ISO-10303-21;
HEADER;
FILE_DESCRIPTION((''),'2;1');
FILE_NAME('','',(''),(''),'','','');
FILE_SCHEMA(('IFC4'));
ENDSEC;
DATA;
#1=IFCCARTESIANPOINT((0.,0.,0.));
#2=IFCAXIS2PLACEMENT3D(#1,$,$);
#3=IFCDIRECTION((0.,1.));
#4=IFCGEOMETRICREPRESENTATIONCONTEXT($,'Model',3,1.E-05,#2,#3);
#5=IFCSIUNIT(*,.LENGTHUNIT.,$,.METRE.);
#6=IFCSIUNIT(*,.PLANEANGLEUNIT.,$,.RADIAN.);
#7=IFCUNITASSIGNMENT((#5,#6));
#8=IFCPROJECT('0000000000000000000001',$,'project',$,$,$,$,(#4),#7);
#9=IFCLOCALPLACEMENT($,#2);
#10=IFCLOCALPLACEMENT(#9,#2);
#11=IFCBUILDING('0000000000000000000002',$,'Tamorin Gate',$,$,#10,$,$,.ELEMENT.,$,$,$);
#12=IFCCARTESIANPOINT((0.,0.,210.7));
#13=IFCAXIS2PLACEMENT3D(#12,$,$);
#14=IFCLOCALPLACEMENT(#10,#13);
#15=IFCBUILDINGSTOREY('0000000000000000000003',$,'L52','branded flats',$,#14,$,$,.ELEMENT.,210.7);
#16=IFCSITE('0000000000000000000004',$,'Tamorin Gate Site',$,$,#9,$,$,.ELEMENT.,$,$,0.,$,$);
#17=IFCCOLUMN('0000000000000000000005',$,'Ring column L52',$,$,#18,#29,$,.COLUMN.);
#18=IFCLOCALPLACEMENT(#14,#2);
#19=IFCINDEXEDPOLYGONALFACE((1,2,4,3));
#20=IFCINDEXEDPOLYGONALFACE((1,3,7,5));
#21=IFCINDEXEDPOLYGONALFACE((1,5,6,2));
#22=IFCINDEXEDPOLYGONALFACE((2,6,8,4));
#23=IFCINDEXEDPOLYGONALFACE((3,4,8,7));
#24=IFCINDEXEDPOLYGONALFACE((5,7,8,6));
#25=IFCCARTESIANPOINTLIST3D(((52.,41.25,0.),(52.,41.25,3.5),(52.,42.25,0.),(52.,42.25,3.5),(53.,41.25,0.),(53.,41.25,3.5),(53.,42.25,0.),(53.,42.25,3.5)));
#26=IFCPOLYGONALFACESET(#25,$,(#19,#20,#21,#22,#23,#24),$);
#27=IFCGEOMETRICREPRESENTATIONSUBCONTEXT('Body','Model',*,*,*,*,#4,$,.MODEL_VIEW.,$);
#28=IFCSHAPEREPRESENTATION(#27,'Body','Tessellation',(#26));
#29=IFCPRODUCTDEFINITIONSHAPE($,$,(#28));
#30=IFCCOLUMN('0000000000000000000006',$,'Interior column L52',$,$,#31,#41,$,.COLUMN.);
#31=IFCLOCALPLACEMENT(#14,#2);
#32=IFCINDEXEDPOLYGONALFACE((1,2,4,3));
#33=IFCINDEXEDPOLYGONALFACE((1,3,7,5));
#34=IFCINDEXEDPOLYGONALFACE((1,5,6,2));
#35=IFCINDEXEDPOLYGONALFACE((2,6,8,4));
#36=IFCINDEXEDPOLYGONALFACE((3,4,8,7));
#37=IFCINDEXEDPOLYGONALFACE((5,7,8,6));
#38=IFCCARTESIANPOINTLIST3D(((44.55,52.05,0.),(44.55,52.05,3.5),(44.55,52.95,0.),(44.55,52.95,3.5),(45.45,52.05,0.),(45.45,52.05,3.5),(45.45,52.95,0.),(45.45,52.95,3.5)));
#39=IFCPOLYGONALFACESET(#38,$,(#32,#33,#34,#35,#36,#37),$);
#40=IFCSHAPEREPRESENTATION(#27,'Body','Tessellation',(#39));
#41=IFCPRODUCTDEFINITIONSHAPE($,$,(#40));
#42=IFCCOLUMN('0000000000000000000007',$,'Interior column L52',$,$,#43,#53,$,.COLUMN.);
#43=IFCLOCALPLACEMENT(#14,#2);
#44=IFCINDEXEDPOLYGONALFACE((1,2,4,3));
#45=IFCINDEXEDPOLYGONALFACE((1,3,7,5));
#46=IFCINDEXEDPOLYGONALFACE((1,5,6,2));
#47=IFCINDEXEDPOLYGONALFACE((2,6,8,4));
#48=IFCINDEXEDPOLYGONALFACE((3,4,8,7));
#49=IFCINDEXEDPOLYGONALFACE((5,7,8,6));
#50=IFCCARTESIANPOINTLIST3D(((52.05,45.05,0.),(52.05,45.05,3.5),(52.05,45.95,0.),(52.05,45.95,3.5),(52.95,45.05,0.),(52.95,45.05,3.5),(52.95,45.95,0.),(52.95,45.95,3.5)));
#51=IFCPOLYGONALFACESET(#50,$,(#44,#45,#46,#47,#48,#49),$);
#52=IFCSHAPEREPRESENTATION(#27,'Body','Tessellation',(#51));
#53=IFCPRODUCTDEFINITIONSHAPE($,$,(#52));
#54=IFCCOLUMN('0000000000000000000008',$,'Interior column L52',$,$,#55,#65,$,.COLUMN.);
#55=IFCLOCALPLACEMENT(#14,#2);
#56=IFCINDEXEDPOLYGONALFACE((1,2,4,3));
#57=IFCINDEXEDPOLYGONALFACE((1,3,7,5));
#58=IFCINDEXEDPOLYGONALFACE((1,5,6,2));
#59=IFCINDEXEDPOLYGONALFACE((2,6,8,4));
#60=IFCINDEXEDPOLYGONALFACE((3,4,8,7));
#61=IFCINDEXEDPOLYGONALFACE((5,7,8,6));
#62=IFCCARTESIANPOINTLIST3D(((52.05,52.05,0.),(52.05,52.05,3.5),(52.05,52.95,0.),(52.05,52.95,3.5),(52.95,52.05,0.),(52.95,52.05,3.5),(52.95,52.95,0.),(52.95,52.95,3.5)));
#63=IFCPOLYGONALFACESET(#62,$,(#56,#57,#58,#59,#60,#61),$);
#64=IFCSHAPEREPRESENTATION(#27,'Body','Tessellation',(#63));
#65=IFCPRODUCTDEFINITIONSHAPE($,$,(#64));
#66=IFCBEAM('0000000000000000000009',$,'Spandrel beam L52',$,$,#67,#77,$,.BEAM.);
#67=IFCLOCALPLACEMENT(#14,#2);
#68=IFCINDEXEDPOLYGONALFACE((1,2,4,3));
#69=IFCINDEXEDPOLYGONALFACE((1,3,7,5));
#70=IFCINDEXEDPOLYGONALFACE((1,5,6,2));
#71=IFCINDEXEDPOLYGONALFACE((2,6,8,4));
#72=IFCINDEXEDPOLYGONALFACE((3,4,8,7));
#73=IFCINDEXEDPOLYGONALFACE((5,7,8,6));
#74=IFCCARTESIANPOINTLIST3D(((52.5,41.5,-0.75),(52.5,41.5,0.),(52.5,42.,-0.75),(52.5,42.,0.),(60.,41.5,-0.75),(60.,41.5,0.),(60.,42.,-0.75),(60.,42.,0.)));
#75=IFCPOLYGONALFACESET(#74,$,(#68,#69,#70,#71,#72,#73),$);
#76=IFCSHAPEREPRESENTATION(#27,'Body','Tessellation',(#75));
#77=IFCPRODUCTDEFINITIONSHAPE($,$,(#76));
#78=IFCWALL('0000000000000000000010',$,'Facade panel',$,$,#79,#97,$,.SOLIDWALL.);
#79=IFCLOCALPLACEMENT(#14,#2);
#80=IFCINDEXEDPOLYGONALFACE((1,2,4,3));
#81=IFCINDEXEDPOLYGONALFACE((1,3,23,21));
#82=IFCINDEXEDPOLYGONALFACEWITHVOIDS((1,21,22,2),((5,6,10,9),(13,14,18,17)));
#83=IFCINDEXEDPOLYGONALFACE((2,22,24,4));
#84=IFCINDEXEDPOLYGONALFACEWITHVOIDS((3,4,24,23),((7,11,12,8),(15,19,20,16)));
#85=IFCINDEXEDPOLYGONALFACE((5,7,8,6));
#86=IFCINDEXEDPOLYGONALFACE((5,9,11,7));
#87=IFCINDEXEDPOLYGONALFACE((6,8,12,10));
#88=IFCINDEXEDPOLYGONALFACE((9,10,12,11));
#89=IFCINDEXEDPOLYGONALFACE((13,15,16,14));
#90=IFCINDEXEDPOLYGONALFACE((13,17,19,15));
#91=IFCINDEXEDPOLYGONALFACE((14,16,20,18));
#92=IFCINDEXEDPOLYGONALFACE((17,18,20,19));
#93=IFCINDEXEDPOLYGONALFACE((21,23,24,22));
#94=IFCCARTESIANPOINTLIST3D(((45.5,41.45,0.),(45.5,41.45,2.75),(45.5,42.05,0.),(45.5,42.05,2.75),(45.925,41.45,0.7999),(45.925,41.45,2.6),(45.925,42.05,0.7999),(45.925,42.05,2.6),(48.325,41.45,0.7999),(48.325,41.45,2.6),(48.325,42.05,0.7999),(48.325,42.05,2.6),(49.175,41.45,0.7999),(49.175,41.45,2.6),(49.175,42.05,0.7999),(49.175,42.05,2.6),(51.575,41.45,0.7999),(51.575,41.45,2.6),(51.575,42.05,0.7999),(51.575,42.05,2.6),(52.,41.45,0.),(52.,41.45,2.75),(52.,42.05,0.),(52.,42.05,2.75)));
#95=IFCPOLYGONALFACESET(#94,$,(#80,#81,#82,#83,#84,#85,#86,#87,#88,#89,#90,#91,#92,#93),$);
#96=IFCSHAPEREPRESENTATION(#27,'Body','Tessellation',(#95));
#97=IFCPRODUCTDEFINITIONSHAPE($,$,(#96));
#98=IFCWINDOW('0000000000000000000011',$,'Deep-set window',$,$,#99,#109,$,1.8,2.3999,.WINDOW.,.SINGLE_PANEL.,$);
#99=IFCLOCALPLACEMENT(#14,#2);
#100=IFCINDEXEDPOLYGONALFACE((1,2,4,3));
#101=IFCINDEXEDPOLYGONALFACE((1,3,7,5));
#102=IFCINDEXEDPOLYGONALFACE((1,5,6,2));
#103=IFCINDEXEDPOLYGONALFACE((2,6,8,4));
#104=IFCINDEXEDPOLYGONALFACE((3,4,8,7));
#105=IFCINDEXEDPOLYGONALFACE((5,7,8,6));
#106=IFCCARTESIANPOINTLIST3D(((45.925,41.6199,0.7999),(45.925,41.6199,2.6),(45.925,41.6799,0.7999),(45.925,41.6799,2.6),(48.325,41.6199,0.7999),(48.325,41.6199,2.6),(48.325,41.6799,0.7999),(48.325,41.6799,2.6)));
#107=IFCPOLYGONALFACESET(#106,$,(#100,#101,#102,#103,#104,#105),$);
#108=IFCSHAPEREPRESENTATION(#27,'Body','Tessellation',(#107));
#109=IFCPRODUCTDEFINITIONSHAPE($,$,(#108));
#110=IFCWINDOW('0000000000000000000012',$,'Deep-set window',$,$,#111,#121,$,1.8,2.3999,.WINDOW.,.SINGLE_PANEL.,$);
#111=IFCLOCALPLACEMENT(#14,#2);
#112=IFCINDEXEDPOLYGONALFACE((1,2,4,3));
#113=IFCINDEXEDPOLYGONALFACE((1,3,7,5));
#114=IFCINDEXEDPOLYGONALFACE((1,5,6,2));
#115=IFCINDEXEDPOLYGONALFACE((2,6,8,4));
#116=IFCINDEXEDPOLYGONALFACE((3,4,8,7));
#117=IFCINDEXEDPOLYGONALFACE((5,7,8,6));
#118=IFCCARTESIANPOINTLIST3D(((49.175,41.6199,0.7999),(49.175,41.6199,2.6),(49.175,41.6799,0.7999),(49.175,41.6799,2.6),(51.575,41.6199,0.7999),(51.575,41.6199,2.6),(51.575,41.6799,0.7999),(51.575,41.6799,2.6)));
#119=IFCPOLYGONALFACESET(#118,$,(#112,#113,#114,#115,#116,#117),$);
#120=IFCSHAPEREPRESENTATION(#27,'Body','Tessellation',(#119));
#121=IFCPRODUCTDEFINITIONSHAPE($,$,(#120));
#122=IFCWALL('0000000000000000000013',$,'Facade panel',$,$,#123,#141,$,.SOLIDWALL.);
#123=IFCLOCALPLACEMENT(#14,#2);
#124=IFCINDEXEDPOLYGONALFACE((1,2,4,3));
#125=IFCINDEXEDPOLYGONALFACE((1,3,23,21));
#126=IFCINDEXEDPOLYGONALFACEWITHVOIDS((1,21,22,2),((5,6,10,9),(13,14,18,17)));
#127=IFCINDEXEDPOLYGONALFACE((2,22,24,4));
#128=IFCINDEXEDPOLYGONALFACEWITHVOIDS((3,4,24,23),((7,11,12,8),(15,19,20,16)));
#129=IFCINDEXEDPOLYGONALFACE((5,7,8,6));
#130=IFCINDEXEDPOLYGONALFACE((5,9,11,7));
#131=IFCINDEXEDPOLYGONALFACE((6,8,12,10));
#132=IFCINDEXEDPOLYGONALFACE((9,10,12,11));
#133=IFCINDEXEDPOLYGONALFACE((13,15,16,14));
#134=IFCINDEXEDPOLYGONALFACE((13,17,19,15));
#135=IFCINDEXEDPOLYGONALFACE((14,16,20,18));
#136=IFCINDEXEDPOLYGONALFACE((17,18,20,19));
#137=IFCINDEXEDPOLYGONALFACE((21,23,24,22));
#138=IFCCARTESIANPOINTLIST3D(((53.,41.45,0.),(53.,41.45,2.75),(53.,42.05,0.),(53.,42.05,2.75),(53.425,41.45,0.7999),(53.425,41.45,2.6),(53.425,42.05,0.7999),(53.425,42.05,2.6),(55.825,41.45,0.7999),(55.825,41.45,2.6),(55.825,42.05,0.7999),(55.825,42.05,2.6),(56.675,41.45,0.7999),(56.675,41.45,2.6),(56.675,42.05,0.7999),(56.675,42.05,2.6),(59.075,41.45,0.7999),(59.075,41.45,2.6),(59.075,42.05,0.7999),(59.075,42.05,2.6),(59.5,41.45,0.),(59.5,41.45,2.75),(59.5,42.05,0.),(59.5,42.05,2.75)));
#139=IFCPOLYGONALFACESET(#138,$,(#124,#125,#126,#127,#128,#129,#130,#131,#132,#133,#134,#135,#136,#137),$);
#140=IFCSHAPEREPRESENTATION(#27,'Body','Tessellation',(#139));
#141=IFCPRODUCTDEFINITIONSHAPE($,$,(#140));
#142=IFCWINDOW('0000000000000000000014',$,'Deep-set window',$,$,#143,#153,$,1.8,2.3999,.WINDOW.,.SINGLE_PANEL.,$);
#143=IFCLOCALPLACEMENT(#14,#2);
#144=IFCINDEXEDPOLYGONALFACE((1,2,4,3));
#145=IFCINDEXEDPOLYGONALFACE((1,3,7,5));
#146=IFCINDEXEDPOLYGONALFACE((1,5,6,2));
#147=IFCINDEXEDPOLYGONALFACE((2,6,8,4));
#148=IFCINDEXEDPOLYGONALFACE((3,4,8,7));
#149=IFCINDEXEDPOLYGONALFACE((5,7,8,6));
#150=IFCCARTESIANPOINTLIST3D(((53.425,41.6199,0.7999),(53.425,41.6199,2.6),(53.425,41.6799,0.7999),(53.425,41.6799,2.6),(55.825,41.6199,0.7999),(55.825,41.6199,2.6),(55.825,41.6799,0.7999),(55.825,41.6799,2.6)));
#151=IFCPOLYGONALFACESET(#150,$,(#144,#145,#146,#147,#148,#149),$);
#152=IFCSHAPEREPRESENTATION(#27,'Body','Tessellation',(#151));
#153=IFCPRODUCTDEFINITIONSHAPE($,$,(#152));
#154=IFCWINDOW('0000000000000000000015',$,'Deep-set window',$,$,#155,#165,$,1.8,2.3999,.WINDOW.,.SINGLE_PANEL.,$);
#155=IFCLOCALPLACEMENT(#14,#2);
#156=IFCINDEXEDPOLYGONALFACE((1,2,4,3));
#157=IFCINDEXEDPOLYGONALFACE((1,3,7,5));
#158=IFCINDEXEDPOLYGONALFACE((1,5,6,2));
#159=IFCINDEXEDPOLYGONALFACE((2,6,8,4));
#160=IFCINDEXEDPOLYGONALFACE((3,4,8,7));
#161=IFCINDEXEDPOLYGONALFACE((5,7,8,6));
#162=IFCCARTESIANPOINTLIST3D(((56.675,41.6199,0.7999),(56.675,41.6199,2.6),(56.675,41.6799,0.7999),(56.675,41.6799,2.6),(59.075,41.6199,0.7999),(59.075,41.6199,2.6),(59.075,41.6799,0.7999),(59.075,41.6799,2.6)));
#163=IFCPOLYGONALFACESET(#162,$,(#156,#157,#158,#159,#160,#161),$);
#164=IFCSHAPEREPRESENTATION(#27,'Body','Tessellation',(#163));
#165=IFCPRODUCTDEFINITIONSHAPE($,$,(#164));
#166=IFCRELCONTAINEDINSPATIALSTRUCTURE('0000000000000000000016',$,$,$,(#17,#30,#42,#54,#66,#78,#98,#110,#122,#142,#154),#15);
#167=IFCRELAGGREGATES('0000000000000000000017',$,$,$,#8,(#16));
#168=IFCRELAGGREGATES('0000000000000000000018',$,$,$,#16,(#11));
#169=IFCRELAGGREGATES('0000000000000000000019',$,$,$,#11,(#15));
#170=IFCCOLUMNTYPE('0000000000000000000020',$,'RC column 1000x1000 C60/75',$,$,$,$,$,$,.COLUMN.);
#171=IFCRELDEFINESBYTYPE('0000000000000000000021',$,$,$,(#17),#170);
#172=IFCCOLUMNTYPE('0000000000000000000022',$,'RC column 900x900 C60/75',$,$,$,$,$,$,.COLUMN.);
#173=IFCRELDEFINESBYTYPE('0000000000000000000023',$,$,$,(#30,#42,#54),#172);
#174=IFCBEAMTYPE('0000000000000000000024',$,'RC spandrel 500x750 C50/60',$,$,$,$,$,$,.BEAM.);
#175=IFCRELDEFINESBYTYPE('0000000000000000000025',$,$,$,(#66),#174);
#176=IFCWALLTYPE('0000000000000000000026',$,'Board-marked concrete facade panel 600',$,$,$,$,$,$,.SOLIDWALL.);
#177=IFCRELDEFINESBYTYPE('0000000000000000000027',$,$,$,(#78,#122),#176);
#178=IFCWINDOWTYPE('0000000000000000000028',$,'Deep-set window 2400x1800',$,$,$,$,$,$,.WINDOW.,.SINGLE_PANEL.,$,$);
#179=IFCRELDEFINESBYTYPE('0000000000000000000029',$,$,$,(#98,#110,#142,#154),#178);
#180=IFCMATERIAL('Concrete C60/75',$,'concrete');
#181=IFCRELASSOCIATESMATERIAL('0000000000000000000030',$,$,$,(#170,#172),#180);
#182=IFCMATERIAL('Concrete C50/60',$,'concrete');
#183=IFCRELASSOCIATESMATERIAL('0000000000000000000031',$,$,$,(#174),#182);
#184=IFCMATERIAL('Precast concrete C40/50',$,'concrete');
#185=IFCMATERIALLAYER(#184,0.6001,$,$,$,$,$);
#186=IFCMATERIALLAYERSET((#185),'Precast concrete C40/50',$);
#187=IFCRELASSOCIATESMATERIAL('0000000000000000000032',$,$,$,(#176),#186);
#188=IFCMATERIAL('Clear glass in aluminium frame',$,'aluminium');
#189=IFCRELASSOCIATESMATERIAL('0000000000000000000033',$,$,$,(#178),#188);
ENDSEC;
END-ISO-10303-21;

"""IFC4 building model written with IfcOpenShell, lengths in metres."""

from ifc_helpers import new_model, si_unit, direction, frame, frame_2d, origin, origin_2d, place, context, subcontext, project, spatial, rectangle, extrude, material, layer, layer_set, material_profile, profile_set, type_object, element, fill, save


model = new_model("IFC4")

# Units and contexts
model_context = context("Model", 3, precision=1e-05, world=origin(), true_north=direction((0.0, 1.0)))
body_context = subcontext(model_context, "Body", "Model", "MODEL_VIEW")
ifc_project = project(units=[si_unit("LENGTHUNIT", "METRE"), si_unit("PLANEANGLEUNIT", "RADIAN")], contexts=[model_context])

# Site, building, storey
site_placement = place(None, origin())
site = spatial("IfcSite", under=ifc_project, at=site_placement, Name="Tamorin Gate Site", CompositionType="ELEMENT", RefElevation=0.0)
building_placement = place(site_placement, origin())
building = spatial("IfcBuilding", under=site, at=building_placement, Name="Tamorin Gate", CompositionType="ELEMENT")
storey_placement = place(building_placement, frame((0.0, 0.0, 210.7)))
storey = spatial("IfcBuildingStorey", under=building, at=storey_placement, Name="L52", Description="branded flats", CompositionType="ELEMENT", Elevation=210.7)

# Columns
ifc_material_1 = material(Name="Concrete C60/75", Category="concrete")
ifc_material_profile_1 = material_profile(ifc_material_1, rectangle(XDim=1.0, YDim=1.0, at=origin_2d()), Name="RC 1000x1000")
ifc_profile_set_1 = profile_set([ifc_material_profile_1], Name="Concrete C60/75")
column_type_1 = type_object("IfcColumnType", Name="RC column 1000x1000 C60/75", PredefinedType="COLUMN", material=ifc_profile_set_1)
column_placement = place(storey_placement, frame((52.5, 41.75, 0.0), z_axis=(0.0, 0.0, 1.0), x_axis=(1.0, 0.0, 0.0)))
element("IfcColumn", 1, at=column_placement, inside=storey, type_object=column_type_1, Name="Ring column L52", PredefinedType="COLUMN", context=body_context, shape_type="SweptSolid", body=[
    extrude(rectangle(XDim=1.0, YDim=1.0, at=origin_2d()), origin(), (0.0, 0.0, 1.0), 3.5),
])
ifc_material_profile_2 = material_profile(ifc_material_1, rectangle(XDim=0.8999, YDim=0.8999, at=origin_2d()), Name="RC 900x900")
ifc_profile_set_2 = profile_set([ifc_material_profile_2], Name="Concrete C60/75")
column_type_2 = type_object("IfcColumnType", Name="RC column 900x900 C60/75", PredefinedType="COLUMN", material=ifc_profile_set_2)
for number, where, z_axis, x_axis, name in (
    (2, (45.0, 52.5, 0.0), (0.0, 0.0, 1.0), (1.0, 0.0, 0.0), "Interior column L52"),
    (3, (52.5, 45.5, 0.0), (0.0, 0.0, 1.0), (1.0, 0.0, 0.0), "Interior column L52"),
    (4, (52.5, 52.5, 0.0), (0.0, 0.0, 1.0), (1.0, 0.0, 0.0), "Interior column L52"),
):
    element("IfcColumn", number, at=place(storey_placement, frame(where, z_axis=z_axis, x_axis=x_axis)), inside=storey, type_object=column_type_2, Name=name, PredefinedType="COLUMN", context=body_context, shape_type="SweptSolid", body=[
        extrude(rectangle(XDim=0.8999, YDim=0.8999, at=origin_2d()), origin(), (0.0, 0.0, 1.0), 3.5),
    ])

# Beam
ifc_material_2 = material(Name="Concrete C50/60", Category="concrete")
ifc_material_profile_3 = material_profile(ifc_material_2, rectangle(XDim=0.5, YDim=0.75, at=origin_2d()), Name="RC 500x750")
ifc_profile_set_3 = profile_set([ifc_material_profile_3], Name="Concrete C50/60")
beam_type = type_object("IfcBeamType", Name="RC spandrel 500x750 C50/60", PredefinedType="BEAM", material=ifc_profile_set_3)
beam_placement = place(storey_placement, frame((52.5, 41.75, -0.375), z_axis=(1.0, 0.0, 0.0), x_axis=(0.0, 1.0, 0.0)))
element("IfcBeam", 5, at=beam_placement, inside=storey, type_object=beam_type, Name="Spandrel beam L52", PredefinedType="BEAM", context=body_context, shape_type="SweptSolid", body=[
    extrude(rectangle(XDim=0.5, YDim=0.75, at=origin_2d()), origin(), (0.0, 0.0, 1.0), 7.5),
])

# Walls, openings, windows
ifc_material_3 = material(Name="Precast concrete C40/50", Category="concrete")
ifc_layer_1 = layer(ifc_material_3, 0.6001)
ifc_layer_set_1 = layer_set([ifc_layer_1], Name="Precast concrete C40/50")
wall_type_1 = type_object("IfcWallType", Name="Board-marked concrete facade panel 600", PredefinedType="SOLIDWALL", material=ifc_layer_set_1)
wall_1_placement = place(storey_placement, frame((45.5, 41.75, 0.0), z_axis=(0.0, 0.0, 1.0), x_axis=(1.0, 0.0, 0.0)))
wall_1 = element("IfcWall", 6, at=wall_1_placement, inside=storey, type_object=wall_type_1, Name="Facade panel", PredefinedType="SOLIDWALL", context=body_context, shape_type="SweptSolid", body=[
    extrude(rectangle(XDim=6.5, YDim=0.6001, at=frame_2d((3.25, 0.0))), origin(), (0.0, 0.0, 1.0), 2.75),
])
opening_1_placement = place(wall_1_placement, frame((0.425, 0.0, 0.8)))
opening_1 = element("IfcOpeningElement", 7, at=opening_1_placement, cuts=wall_1, PredefinedType="OPENING", context=body_context, shape_type="SweptSolid", body=[
    extrude(rectangle(XDim=2.3999, YDim=1.8, at=frame_2d((1.2, 0.8999))), frame((0.0, 0.3101, 0.0), z_axis=(0.0, -1.0, 0.0), x_axis=(1.0, 0.0, 0.0)), (0.0, 0.0, 1.0), 0.6201),
])
opening_2_placement = place(wall_1_placement, frame((3.675, 0.0, 0.8)))
opening_2 = element("IfcOpeningElement", 8, at=opening_2_placement, cuts=wall_1, PredefinedType="OPENING", context=body_context, shape_type="SweptSolid", body=[
    extrude(rectangle(XDim=2.3999, YDim=1.8, at=frame_2d((1.2, 0.8999))), frame((0.0, 0.3101, 0.0), z_axis=(0.0, -1.0, 0.0), x_axis=(1.0, 0.0, 0.0)), (0.0, 0.0, 1.0), 0.6201),
])
ifc_material_4 = material(Name="Clear glass in aluminium frame", Category="aluminium")
window_type = type_object("IfcWindowType", Name="Deep-set window 2400x1800", PartitioningType="SINGLE_PANEL", PredefinedType="WINDOW", material=ifc_material_4)
window_1_placement = place(opening_1_placement, origin())
window_1 = element("IfcWindow", 9, at=window_1_placement, inside=storey, type_object=window_type, Name="Deep-set window", OverallHeight=1.8, OverallWidth=2.3999, PartitioningType="SINGLE_PANEL", PredefinedType="WINDOW", context=body_context, shape_type="SweptSolid", body=[
    extrude(rectangle(XDim=2.3999, YDim=1.8, at=frame_2d((1.2, 0.8999))), frame((0.0, -0.0701, 0.0), z_axis=(0.0, -1.0, 0.0), x_axis=(1.0, 0.0, 0.0)), (0.0, 0.0, 1.0), 0.0601),
])
fill(opening_1, window_1)
window_2_placement = place(opening_2_placement, origin())
window_2 = element("IfcWindow", 10, at=window_2_placement, inside=storey, type_object=window_type, Name="Deep-set window", OverallHeight=1.8, OverallWidth=2.3999, PartitioningType="SINGLE_PANEL", PredefinedType="WINDOW", context=body_context, shape_type="SweptSolid", body=[
    extrude(rectangle(XDim=2.3999, YDim=1.8, at=frame_2d((1.2, 0.8999))), frame((0.0, -0.0701, 0.0), z_axis=(0.0, -1.0, 0.0), x_axis=(1.0, 0.0, 0.0)), (0.0, 0.0, 1.0), 0.0601),
])
fill(opening_2, window_2)
wall_2_placement = place(storey_placement, frame((53.0, 41.75, 0.0), z_axis=(0.0, 0.0, 1.0), x_axis=(1.0, 0.0, 0.0)))
wall_2 = element("IfcWall", 11, at=wall_2_placement, inside=storey, type_object=wall_type_1, Name="Facade panel", PredefinedType="SOLIDWALL", context=body_context, shape_type="SweptSolid", body=[
    extrude(rectangle(XDim=6.5, YDim=0.6001, at=frame_2d((3.25, 0.0))), origin(), (0.0, 0.0, 1.0), 2.75),
])
opening_3_placement = place(wall_2_placement, frame((0.425, 0.0, 0.8)))
opening_3 = element("IfcOpeningElement", 12, at=opening_3_placement, cuts=wall_2, PredefinedType="OPENING", context=body_context, shape_type="SweptSolid", body=[
    extrude(rectangle(XDim=2.3999, YDim=1.8, at=frame_2d((1.2, 0.8999))), frame((0.0, 0.3101, 0.0), z_axis=(0.0, -1.0, 0.0), x_axis=(1.0, 0.0, 0.0)), (0.0, 0.0, 1.0), 0.6201),
])
opening_4_placement = place(wall_2_placement, frame((3.675, 0.0, 0.8)))
opening_4 = element("IfcOpeningElement", 13, at=opening_4_placement, cuts=wall_2, PredefinedType="OPENING", context=body_context, shape_type="SweptSolid", body=[
    extrude(rectangle(XDim=2.3999, YDim=1.8, at=frame_2d((1.2, 0.8999))), frame((0.0, 0.3101, 0.0), z_axis=(0.0, -1.0, 0.0), x_axis=(1.0, 0.0, 0.0)), (0.0, 0.0, 1.0), 0.6201),
])
window_3_placement = place(opening_3_placement, origin())
window_3 = element("IfcWindow", 14, at=window_3_placement, inside=storey, type_object=window_type, Name="Deep-set window", OverallHeight=1.8, OverallWidth=2.3999, PartitioningType="SINGLE_PANEL", PredefinedType="WINDOW", context=body_context, shape_type="SweptSolid", body=[
    extrude(rectangle(XDim=2.3999, YDim=1.8, at=frame_2d((1.2, 0.8999))), frame((0.0, -0.0701, 0.0), z_axis=(0.0, -1.0, 0.0), x_axis=(1.0, 0.0, 0.0)), (0.0, 0.0, 1.0), 0.0601),
])
fill(opening_3, window_3)
window_4_placement = place(opening_4_placement, origin())
window_4 = element("IfcWindow", 15, at=window_4_placement, inside=storey, type_object=window_type, Name="Deep-set window", OverallHeight=1.8, OverallWidth=2.3999, PartitioningType="SINGLE_PANEL", PredefinedType="WINDOW", context=body_context, shape_type="SweptSolid", body=[
    extrude(rectangle(XDim=2.3999, YDim=1.8, at=frame_2d((1.2, 0.8999))), frame((0.0, -0.0701, 0.0), z_axis=(0.0, -1.0, 0.0), x_axis=(1.0, 0.0, 0.0)), (0.0, 0.0, 1.0), 0.0601),
])
fill(opening_4, window_4)

save(model, "model.ifc")
